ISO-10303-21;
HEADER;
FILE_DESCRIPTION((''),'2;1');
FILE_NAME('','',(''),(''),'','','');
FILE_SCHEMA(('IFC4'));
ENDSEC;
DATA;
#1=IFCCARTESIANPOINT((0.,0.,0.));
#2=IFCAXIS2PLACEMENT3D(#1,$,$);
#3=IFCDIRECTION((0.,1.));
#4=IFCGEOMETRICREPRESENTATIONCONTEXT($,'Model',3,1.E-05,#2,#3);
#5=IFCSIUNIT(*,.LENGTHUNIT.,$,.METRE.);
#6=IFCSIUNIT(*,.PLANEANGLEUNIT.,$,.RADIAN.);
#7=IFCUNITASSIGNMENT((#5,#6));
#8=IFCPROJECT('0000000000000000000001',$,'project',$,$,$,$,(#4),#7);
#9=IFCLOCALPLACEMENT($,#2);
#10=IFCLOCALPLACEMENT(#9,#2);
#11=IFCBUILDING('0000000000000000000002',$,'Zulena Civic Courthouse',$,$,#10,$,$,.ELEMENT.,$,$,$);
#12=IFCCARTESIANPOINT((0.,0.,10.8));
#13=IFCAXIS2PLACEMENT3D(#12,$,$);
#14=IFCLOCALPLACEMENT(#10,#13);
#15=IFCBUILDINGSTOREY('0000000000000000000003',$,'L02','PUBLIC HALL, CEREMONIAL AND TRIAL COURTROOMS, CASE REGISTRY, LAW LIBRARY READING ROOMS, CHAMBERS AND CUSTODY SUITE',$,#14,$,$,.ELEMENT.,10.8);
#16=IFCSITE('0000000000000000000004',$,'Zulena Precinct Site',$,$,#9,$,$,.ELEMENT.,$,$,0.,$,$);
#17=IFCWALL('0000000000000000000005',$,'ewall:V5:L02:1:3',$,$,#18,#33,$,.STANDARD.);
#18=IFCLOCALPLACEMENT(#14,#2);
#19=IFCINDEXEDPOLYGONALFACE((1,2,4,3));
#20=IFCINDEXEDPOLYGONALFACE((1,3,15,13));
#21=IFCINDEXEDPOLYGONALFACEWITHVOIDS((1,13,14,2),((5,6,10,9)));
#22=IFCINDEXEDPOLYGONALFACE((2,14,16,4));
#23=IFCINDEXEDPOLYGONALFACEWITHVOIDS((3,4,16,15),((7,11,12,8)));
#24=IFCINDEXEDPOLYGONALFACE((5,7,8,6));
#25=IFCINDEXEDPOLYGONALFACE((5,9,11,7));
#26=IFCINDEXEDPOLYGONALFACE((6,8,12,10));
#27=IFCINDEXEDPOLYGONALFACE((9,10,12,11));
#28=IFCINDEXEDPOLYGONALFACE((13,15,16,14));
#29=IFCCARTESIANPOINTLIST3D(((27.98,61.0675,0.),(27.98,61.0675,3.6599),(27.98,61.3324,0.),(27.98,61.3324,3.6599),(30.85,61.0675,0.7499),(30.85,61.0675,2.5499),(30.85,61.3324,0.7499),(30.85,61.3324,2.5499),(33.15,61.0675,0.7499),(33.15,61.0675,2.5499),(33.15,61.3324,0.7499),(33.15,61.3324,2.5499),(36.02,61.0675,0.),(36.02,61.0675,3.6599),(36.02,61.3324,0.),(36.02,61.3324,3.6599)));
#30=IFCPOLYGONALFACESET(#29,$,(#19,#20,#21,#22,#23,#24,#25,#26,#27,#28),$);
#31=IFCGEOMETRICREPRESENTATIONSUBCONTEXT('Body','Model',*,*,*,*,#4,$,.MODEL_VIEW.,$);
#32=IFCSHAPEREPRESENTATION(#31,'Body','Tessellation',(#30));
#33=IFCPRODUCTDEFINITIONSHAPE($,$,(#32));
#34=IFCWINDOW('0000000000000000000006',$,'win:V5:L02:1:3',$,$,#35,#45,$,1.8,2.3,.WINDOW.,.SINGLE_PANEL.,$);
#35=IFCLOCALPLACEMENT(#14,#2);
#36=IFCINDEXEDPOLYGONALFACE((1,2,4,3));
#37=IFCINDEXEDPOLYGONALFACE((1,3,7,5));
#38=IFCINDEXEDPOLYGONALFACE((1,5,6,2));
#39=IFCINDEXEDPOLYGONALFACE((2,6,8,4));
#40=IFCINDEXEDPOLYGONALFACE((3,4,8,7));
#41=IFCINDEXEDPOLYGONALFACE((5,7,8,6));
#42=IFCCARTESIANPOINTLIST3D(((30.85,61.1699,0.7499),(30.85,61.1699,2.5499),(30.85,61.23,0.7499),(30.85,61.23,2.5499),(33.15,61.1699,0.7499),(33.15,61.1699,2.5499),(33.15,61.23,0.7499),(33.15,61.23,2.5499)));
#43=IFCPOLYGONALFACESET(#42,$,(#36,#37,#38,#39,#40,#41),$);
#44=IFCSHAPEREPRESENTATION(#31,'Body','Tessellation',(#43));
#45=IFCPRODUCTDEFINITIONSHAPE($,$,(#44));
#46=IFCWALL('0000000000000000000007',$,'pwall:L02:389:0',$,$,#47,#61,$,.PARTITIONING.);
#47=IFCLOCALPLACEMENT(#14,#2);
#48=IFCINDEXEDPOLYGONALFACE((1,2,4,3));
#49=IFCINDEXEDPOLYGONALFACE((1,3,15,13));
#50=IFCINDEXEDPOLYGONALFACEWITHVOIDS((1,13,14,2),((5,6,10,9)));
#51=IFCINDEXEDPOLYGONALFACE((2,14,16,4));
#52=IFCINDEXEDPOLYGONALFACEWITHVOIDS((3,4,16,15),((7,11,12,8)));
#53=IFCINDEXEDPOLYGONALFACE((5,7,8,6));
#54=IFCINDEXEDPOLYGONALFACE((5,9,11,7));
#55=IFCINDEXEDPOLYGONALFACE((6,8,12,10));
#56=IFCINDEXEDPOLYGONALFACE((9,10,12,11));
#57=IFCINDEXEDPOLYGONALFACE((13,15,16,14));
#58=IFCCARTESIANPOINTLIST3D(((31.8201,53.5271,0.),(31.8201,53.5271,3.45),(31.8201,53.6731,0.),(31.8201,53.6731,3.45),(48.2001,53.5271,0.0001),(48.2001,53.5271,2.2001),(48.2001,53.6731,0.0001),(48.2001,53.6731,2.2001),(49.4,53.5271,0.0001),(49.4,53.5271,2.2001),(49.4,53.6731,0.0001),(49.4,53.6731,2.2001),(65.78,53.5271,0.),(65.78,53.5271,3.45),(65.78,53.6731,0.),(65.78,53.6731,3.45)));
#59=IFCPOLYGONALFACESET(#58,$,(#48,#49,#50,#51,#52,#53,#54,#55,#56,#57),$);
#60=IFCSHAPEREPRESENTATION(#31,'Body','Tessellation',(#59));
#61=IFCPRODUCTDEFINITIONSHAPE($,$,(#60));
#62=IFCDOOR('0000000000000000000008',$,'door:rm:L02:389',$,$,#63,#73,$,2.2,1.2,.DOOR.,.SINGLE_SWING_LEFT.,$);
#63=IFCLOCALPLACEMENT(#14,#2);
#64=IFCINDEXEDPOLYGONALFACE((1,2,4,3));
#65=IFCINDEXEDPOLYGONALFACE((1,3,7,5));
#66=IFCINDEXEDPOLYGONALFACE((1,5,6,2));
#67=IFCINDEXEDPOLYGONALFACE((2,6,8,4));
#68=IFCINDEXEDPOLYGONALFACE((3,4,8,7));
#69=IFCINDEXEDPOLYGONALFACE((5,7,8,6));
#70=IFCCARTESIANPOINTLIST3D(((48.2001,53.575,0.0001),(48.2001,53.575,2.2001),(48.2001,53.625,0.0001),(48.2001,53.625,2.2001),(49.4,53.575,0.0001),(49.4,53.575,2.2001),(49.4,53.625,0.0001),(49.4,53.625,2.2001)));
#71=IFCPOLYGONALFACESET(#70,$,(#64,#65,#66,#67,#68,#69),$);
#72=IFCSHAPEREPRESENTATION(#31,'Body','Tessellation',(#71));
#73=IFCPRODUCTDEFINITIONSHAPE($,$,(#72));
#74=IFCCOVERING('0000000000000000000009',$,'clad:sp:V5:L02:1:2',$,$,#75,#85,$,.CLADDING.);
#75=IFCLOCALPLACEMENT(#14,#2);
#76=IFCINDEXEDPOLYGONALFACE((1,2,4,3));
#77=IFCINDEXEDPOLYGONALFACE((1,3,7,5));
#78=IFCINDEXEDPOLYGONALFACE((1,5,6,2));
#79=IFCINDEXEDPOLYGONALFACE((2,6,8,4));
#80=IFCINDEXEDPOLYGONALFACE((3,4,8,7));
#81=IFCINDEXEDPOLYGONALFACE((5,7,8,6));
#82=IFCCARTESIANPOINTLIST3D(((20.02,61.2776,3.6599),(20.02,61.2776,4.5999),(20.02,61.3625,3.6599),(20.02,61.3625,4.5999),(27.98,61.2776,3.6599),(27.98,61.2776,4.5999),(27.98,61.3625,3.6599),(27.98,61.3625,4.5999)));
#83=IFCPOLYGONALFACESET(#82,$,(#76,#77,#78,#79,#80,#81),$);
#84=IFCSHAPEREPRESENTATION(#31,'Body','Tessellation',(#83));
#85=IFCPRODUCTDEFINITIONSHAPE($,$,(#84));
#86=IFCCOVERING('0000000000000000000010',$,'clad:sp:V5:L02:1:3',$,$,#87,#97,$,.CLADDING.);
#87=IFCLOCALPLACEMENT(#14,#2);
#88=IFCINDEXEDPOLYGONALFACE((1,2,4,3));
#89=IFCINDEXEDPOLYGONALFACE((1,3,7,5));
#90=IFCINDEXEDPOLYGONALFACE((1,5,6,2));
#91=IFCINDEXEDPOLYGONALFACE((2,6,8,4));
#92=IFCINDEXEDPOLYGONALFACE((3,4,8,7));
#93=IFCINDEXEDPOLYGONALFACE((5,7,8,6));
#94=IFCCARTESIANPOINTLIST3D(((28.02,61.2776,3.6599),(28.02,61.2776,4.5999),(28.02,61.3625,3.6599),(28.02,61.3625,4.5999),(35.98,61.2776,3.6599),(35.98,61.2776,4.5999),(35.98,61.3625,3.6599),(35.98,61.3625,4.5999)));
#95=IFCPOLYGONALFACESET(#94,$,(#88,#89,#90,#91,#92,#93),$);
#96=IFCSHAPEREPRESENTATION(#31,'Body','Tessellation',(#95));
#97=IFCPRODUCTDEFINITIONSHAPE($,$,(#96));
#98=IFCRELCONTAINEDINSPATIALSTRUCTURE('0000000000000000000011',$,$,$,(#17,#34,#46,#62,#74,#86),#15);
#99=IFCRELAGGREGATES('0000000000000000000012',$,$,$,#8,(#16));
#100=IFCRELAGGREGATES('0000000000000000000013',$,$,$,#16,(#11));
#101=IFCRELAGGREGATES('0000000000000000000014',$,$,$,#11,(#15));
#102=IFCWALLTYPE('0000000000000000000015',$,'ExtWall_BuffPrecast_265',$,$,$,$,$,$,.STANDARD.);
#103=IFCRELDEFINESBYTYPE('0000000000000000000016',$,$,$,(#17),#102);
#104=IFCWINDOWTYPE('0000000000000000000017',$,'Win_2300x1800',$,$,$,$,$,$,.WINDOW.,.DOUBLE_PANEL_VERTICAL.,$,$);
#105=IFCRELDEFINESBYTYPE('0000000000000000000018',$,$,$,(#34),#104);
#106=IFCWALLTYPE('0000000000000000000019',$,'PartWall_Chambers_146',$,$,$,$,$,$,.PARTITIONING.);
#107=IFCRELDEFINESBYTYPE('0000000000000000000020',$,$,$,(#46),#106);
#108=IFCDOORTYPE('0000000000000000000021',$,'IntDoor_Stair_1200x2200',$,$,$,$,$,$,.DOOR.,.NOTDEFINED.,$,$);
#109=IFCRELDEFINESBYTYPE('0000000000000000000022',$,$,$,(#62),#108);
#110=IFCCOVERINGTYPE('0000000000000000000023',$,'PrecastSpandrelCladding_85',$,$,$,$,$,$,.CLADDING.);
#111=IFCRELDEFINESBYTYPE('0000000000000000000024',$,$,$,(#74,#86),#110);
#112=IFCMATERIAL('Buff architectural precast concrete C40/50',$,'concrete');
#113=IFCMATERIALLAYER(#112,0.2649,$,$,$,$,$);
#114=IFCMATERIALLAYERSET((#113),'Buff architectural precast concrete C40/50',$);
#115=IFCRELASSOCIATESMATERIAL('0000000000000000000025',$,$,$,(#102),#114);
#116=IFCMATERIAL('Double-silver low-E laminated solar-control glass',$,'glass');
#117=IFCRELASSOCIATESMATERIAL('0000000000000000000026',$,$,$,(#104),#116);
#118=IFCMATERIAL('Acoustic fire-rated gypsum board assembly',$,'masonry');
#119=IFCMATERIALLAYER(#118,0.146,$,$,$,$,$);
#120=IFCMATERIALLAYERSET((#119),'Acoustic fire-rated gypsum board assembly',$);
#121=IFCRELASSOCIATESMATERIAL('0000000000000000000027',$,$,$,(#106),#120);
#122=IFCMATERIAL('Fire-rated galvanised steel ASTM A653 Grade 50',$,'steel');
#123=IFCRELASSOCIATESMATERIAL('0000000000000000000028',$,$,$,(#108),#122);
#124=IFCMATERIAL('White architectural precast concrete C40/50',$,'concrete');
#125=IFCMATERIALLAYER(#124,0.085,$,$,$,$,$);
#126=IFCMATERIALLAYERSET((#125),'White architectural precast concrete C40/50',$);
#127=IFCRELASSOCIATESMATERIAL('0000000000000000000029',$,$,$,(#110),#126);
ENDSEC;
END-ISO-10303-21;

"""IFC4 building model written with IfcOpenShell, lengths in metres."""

from ifc_helpers import new_model, si_unit, direction, frame, frame_2d, origin, origin_2d, place, context, subcontext, project, spatial, rectangle, extrude, material, layer, layer_set, type_object, element, fill, save


model = new_model("IFC4")

# Units and contexts
model_context = context("Model", 3, precision=1e-05, world=origin(), true_north=direction((0.0, 1.0)))
body_context = subcontext(model_context, "Body", "Model", "MODEL_VIEW")
ifc_project = project(units=[si_unit("LENGTHUNIT", "METRE"), si_unit("PLANEANGLEUNIT", "RADIAN")], contexts=[model_context])

# Site, building, storey
site_placement = place(None, origin())
site = spatial("IfcSite", under=ifc_project, at=site_placement, Name="Zulena Precinct Site", CompositionType="ELEMENT", RefElevation=0.0)
building_placement = place(site_placement, origin())
building = spatial("IfcBuilding", under=site, at=building_placement, Name="Zulena Civic Courthouse", CompositionType="ELEMENT")
storey_placement = place(building_placement, frame((0.0, 0.0, 10.8)))
storey = spatial("IfcBuildingStorey", under=building, at=storey_placement, Name="L02", Description="PUBLIC HALL, CEREMONIAL AND TRIAL COURTROOMS, CASE REGISTRY, LAW LIBRARY READING ROOMS, CHAMBERS AND CUSTODY SUITE", CompositionType="ELEMENT", Elevation=10.8)

# Wall, opening, window
ifc_material_1 = material(Name="Buff architectural precast concrete C40/50", Category="concrete")
ifc_layer_1 = layer(ifc_material_1, 0.2649)
ifc_layer_set_1 = layer_set([ifc_layer_1], Name="Buff architectural precast concrete C40/50")
wall_type_1 = type_object("IfcWallType", Name="ExtWall_BuffPrecast_265", PredefinedType="STANDARD", material=ifc_layer_set_1)
wall_1_placement = place(storey_placement, frame((27.98, 61.2, 0.0), z_axis=(0.0, 0.0, 1.0), x_axis=(1.0, 0.0, 0.0)))
wall_1 = element("IfcWall", 1, at=wall_1_placement, inside=storey, type_object=wall_type_1, Name="ewall:V5:L02:1:3", PredefinedType="STANDARD", context=body_context, shape_type="SweptSolid", body=[
    extrude(rectangle(XDim=8.04, YDim=0.2649, at=frame_2d((4.02, 0.0))), origin(), (0.0, 0.0, 1.0), 3.6599),
])
opening_1_placement = place(wall_1_placement, frame((2.8701, 0.0, 0.75)))
opening_1 = element("IfcOpeningElement", 2, at=opening_1_placement, cuts=wall_1, PredefinedType="OPENING", context=body_context, shape_type="SweptSolid", body=[
    extrude(rectangle(XDim=2.3, YDim=1.8, at=frame_2d((1.1499, 0.8999))), frame((0.0, 0.1423, 0.0), z_axis=(0.0, -1.0, 0.0), x_axis=(1.0, 0.0, 0.0)), (0.0, 0.0, 1.0), 0.2849),
])
ifc_material_2 = material(Name="Double-silver low-E laminated solar-control glass", Category="glass")
window_type = type_object("IfcWindowType", Name="Win_2300x1800", PartitioningType="DOUBLE_PANEL_VERTICAL", PredefinedType="WINDOW", material=ifc_material_2)
window_placement = place(opening_1_placement, origin())
window = element("IfcWindow", 3, at=window_placement, inside=storey, type_object=window_type, Name="win:V5:L02:1:3", OverallHeight=1.8, OverallWidth=2.3, PartitioningType="SINGLE_PANEL", PredefinedType="WINDOW", context=body_context, shape_type="SweptSolid", body=[
    extrude(rectangle(XDim=2.3, YDim=1.8, at=frame_2d((1.1499, 0.8999))), frame((0.0, 0.03, 0.0), z_axis=(0.0, -1.0, 0.0), x_axis=(1.0, 0.0, 0.0)), (0.0, 0.0, 1.0), 0.0601),
])
fill(opening_1, window)

# Wall, opening, door
ifc_material_3 = material(Name="Acoustic fire-rated gypsum board assembly", Category="masonry")
ifc_layer_2 = layer(ifc_material_3, 0.146)
ifc_layer_set_2 = layer_set([ifc_layer_2], Name="Acoustic fire-rated gypsum board assembly")
wall_type_2 = type_object("IfcWallType", Name="PartWall_Chambers_146", PredefinedType="PARTITIONING", material=ifc_layer_set_2)
wall_2_placement = place(storey_placement, frame((31.8201, 53.6001, 0.0), z_axis=(0.0, 0.0, 1.0), x_axis=(1.0, 0.0, 0.0)))
wall_2 = element("IfcWall", 4, at=wall_2_placement, inside=storey, type_object=wall_type_2, Name="pwall:L02:389:0", PredefinedType="PARTITIONING", context=body_context, shape_type="SweptSolid", body=[
    extrude(rectangle(XDim=33.96, YDim=0.146, at=frame_2d((16.98, 0.0))), origin(), (0.0, 0.0, 1.0), 3.45),
])
opening_2_placement = place(wall_2_placement, frame((16.3799, 0.0, 0.0)))
opening_2 = element("IfcOpeningElement", 5, at=opening_2_placement, cuts=wall_2, PredefinedType="OPENING", context=body_context, shape_type="SweptSolid", body=[
    extrude(rectangle(XDim=1.2, YDim=2.2, at=frame_2d((0.6001, 1.1001))), frame((0.0, 0.083, 0.0), z_axis=(0.0, -1.0, 0.0), x_axis=(1.0, 0.0, 0.0)), (0.0, 0.0, 1.0), 0.166),
])
ifc_material_4 = material(Name="Fire-rated galvanised steel ASTM A653 Grade 50", Category="steel")
door_type = type_object("IfcDoorType", Name="IntDoor_Stair_1200x2200", OperationType="NOTDEFINED", PredefinedType="DOOR", material=ifc_material_4)
door_placement = place(opening_2_placement, origin())
door = element("IfcDoor", 6, at=door_placement, inside=storey, type_object=door_type, Name="door:rm:L02:389", OperationType="SINGLE_SWING_LEFT", OverallHeight=2.2, OverallWidth=1.2, PredefinedType="DOOR", context=body_context, shape_type="SweptSolid", body=[
    extrude(rectangle(XDim=1.2, YDim=2.2, at=frame_2d((0.6001, 1.1001))), frame((0.0, 0.0249, 0.0), z_axis=(0.0, -1.0, 0.0), x_axis=(1.0, 0.0, 0.0)), (0.0, 0.0, 1.0), 0.05),
])
fill(opening_2, door)

# Coverings
ifc_material_5 = material(Name="White architectural precast concrete C40/50", Category="concrete")
ifc_layer_3 = layer(ifc_material_5, 0.085)
ifc_layer_set_3 = layer_set([ifc_layer_3], Name="White architectural precast concrete C40/50")
covering_type = type_object("IfcCoveringType", Name="PrecastSpandrelCladding_85", PredefinedType="CLADDING", material=ifc_layer_set_3)
for number, where, z_axis, x_axis, name in (
    (7, (24.0, 61.3201, 3.6599), (0.0, 0.0, 1.0), (1.0, 0.0, 0.0), "clad:sp:V5:L02:1:2"),
    (8, (32.0, 61.3201, 3.6599), (0.0, 0.0, 1.0), (1.0, 0.0, 0.0), "clad:sp:V5:L02:1:3"),
):
    element("IfcCovering", number, at=place(storey_placement, frame(where, z_axis=z_axis, x_axis=x_axis)), inside=storey, type_object=covering_type, Name=name, PredefinedType="CLADDING", context=body_context, shape_type="SweptSolid", body=[
        extrude(rectangle(XDim=7.96, YDim=0.085, at=origin_2d()), origin(), (0.0, 0.0, 1.0), 0.9399),
    ])

save(model, "model.ifc")
